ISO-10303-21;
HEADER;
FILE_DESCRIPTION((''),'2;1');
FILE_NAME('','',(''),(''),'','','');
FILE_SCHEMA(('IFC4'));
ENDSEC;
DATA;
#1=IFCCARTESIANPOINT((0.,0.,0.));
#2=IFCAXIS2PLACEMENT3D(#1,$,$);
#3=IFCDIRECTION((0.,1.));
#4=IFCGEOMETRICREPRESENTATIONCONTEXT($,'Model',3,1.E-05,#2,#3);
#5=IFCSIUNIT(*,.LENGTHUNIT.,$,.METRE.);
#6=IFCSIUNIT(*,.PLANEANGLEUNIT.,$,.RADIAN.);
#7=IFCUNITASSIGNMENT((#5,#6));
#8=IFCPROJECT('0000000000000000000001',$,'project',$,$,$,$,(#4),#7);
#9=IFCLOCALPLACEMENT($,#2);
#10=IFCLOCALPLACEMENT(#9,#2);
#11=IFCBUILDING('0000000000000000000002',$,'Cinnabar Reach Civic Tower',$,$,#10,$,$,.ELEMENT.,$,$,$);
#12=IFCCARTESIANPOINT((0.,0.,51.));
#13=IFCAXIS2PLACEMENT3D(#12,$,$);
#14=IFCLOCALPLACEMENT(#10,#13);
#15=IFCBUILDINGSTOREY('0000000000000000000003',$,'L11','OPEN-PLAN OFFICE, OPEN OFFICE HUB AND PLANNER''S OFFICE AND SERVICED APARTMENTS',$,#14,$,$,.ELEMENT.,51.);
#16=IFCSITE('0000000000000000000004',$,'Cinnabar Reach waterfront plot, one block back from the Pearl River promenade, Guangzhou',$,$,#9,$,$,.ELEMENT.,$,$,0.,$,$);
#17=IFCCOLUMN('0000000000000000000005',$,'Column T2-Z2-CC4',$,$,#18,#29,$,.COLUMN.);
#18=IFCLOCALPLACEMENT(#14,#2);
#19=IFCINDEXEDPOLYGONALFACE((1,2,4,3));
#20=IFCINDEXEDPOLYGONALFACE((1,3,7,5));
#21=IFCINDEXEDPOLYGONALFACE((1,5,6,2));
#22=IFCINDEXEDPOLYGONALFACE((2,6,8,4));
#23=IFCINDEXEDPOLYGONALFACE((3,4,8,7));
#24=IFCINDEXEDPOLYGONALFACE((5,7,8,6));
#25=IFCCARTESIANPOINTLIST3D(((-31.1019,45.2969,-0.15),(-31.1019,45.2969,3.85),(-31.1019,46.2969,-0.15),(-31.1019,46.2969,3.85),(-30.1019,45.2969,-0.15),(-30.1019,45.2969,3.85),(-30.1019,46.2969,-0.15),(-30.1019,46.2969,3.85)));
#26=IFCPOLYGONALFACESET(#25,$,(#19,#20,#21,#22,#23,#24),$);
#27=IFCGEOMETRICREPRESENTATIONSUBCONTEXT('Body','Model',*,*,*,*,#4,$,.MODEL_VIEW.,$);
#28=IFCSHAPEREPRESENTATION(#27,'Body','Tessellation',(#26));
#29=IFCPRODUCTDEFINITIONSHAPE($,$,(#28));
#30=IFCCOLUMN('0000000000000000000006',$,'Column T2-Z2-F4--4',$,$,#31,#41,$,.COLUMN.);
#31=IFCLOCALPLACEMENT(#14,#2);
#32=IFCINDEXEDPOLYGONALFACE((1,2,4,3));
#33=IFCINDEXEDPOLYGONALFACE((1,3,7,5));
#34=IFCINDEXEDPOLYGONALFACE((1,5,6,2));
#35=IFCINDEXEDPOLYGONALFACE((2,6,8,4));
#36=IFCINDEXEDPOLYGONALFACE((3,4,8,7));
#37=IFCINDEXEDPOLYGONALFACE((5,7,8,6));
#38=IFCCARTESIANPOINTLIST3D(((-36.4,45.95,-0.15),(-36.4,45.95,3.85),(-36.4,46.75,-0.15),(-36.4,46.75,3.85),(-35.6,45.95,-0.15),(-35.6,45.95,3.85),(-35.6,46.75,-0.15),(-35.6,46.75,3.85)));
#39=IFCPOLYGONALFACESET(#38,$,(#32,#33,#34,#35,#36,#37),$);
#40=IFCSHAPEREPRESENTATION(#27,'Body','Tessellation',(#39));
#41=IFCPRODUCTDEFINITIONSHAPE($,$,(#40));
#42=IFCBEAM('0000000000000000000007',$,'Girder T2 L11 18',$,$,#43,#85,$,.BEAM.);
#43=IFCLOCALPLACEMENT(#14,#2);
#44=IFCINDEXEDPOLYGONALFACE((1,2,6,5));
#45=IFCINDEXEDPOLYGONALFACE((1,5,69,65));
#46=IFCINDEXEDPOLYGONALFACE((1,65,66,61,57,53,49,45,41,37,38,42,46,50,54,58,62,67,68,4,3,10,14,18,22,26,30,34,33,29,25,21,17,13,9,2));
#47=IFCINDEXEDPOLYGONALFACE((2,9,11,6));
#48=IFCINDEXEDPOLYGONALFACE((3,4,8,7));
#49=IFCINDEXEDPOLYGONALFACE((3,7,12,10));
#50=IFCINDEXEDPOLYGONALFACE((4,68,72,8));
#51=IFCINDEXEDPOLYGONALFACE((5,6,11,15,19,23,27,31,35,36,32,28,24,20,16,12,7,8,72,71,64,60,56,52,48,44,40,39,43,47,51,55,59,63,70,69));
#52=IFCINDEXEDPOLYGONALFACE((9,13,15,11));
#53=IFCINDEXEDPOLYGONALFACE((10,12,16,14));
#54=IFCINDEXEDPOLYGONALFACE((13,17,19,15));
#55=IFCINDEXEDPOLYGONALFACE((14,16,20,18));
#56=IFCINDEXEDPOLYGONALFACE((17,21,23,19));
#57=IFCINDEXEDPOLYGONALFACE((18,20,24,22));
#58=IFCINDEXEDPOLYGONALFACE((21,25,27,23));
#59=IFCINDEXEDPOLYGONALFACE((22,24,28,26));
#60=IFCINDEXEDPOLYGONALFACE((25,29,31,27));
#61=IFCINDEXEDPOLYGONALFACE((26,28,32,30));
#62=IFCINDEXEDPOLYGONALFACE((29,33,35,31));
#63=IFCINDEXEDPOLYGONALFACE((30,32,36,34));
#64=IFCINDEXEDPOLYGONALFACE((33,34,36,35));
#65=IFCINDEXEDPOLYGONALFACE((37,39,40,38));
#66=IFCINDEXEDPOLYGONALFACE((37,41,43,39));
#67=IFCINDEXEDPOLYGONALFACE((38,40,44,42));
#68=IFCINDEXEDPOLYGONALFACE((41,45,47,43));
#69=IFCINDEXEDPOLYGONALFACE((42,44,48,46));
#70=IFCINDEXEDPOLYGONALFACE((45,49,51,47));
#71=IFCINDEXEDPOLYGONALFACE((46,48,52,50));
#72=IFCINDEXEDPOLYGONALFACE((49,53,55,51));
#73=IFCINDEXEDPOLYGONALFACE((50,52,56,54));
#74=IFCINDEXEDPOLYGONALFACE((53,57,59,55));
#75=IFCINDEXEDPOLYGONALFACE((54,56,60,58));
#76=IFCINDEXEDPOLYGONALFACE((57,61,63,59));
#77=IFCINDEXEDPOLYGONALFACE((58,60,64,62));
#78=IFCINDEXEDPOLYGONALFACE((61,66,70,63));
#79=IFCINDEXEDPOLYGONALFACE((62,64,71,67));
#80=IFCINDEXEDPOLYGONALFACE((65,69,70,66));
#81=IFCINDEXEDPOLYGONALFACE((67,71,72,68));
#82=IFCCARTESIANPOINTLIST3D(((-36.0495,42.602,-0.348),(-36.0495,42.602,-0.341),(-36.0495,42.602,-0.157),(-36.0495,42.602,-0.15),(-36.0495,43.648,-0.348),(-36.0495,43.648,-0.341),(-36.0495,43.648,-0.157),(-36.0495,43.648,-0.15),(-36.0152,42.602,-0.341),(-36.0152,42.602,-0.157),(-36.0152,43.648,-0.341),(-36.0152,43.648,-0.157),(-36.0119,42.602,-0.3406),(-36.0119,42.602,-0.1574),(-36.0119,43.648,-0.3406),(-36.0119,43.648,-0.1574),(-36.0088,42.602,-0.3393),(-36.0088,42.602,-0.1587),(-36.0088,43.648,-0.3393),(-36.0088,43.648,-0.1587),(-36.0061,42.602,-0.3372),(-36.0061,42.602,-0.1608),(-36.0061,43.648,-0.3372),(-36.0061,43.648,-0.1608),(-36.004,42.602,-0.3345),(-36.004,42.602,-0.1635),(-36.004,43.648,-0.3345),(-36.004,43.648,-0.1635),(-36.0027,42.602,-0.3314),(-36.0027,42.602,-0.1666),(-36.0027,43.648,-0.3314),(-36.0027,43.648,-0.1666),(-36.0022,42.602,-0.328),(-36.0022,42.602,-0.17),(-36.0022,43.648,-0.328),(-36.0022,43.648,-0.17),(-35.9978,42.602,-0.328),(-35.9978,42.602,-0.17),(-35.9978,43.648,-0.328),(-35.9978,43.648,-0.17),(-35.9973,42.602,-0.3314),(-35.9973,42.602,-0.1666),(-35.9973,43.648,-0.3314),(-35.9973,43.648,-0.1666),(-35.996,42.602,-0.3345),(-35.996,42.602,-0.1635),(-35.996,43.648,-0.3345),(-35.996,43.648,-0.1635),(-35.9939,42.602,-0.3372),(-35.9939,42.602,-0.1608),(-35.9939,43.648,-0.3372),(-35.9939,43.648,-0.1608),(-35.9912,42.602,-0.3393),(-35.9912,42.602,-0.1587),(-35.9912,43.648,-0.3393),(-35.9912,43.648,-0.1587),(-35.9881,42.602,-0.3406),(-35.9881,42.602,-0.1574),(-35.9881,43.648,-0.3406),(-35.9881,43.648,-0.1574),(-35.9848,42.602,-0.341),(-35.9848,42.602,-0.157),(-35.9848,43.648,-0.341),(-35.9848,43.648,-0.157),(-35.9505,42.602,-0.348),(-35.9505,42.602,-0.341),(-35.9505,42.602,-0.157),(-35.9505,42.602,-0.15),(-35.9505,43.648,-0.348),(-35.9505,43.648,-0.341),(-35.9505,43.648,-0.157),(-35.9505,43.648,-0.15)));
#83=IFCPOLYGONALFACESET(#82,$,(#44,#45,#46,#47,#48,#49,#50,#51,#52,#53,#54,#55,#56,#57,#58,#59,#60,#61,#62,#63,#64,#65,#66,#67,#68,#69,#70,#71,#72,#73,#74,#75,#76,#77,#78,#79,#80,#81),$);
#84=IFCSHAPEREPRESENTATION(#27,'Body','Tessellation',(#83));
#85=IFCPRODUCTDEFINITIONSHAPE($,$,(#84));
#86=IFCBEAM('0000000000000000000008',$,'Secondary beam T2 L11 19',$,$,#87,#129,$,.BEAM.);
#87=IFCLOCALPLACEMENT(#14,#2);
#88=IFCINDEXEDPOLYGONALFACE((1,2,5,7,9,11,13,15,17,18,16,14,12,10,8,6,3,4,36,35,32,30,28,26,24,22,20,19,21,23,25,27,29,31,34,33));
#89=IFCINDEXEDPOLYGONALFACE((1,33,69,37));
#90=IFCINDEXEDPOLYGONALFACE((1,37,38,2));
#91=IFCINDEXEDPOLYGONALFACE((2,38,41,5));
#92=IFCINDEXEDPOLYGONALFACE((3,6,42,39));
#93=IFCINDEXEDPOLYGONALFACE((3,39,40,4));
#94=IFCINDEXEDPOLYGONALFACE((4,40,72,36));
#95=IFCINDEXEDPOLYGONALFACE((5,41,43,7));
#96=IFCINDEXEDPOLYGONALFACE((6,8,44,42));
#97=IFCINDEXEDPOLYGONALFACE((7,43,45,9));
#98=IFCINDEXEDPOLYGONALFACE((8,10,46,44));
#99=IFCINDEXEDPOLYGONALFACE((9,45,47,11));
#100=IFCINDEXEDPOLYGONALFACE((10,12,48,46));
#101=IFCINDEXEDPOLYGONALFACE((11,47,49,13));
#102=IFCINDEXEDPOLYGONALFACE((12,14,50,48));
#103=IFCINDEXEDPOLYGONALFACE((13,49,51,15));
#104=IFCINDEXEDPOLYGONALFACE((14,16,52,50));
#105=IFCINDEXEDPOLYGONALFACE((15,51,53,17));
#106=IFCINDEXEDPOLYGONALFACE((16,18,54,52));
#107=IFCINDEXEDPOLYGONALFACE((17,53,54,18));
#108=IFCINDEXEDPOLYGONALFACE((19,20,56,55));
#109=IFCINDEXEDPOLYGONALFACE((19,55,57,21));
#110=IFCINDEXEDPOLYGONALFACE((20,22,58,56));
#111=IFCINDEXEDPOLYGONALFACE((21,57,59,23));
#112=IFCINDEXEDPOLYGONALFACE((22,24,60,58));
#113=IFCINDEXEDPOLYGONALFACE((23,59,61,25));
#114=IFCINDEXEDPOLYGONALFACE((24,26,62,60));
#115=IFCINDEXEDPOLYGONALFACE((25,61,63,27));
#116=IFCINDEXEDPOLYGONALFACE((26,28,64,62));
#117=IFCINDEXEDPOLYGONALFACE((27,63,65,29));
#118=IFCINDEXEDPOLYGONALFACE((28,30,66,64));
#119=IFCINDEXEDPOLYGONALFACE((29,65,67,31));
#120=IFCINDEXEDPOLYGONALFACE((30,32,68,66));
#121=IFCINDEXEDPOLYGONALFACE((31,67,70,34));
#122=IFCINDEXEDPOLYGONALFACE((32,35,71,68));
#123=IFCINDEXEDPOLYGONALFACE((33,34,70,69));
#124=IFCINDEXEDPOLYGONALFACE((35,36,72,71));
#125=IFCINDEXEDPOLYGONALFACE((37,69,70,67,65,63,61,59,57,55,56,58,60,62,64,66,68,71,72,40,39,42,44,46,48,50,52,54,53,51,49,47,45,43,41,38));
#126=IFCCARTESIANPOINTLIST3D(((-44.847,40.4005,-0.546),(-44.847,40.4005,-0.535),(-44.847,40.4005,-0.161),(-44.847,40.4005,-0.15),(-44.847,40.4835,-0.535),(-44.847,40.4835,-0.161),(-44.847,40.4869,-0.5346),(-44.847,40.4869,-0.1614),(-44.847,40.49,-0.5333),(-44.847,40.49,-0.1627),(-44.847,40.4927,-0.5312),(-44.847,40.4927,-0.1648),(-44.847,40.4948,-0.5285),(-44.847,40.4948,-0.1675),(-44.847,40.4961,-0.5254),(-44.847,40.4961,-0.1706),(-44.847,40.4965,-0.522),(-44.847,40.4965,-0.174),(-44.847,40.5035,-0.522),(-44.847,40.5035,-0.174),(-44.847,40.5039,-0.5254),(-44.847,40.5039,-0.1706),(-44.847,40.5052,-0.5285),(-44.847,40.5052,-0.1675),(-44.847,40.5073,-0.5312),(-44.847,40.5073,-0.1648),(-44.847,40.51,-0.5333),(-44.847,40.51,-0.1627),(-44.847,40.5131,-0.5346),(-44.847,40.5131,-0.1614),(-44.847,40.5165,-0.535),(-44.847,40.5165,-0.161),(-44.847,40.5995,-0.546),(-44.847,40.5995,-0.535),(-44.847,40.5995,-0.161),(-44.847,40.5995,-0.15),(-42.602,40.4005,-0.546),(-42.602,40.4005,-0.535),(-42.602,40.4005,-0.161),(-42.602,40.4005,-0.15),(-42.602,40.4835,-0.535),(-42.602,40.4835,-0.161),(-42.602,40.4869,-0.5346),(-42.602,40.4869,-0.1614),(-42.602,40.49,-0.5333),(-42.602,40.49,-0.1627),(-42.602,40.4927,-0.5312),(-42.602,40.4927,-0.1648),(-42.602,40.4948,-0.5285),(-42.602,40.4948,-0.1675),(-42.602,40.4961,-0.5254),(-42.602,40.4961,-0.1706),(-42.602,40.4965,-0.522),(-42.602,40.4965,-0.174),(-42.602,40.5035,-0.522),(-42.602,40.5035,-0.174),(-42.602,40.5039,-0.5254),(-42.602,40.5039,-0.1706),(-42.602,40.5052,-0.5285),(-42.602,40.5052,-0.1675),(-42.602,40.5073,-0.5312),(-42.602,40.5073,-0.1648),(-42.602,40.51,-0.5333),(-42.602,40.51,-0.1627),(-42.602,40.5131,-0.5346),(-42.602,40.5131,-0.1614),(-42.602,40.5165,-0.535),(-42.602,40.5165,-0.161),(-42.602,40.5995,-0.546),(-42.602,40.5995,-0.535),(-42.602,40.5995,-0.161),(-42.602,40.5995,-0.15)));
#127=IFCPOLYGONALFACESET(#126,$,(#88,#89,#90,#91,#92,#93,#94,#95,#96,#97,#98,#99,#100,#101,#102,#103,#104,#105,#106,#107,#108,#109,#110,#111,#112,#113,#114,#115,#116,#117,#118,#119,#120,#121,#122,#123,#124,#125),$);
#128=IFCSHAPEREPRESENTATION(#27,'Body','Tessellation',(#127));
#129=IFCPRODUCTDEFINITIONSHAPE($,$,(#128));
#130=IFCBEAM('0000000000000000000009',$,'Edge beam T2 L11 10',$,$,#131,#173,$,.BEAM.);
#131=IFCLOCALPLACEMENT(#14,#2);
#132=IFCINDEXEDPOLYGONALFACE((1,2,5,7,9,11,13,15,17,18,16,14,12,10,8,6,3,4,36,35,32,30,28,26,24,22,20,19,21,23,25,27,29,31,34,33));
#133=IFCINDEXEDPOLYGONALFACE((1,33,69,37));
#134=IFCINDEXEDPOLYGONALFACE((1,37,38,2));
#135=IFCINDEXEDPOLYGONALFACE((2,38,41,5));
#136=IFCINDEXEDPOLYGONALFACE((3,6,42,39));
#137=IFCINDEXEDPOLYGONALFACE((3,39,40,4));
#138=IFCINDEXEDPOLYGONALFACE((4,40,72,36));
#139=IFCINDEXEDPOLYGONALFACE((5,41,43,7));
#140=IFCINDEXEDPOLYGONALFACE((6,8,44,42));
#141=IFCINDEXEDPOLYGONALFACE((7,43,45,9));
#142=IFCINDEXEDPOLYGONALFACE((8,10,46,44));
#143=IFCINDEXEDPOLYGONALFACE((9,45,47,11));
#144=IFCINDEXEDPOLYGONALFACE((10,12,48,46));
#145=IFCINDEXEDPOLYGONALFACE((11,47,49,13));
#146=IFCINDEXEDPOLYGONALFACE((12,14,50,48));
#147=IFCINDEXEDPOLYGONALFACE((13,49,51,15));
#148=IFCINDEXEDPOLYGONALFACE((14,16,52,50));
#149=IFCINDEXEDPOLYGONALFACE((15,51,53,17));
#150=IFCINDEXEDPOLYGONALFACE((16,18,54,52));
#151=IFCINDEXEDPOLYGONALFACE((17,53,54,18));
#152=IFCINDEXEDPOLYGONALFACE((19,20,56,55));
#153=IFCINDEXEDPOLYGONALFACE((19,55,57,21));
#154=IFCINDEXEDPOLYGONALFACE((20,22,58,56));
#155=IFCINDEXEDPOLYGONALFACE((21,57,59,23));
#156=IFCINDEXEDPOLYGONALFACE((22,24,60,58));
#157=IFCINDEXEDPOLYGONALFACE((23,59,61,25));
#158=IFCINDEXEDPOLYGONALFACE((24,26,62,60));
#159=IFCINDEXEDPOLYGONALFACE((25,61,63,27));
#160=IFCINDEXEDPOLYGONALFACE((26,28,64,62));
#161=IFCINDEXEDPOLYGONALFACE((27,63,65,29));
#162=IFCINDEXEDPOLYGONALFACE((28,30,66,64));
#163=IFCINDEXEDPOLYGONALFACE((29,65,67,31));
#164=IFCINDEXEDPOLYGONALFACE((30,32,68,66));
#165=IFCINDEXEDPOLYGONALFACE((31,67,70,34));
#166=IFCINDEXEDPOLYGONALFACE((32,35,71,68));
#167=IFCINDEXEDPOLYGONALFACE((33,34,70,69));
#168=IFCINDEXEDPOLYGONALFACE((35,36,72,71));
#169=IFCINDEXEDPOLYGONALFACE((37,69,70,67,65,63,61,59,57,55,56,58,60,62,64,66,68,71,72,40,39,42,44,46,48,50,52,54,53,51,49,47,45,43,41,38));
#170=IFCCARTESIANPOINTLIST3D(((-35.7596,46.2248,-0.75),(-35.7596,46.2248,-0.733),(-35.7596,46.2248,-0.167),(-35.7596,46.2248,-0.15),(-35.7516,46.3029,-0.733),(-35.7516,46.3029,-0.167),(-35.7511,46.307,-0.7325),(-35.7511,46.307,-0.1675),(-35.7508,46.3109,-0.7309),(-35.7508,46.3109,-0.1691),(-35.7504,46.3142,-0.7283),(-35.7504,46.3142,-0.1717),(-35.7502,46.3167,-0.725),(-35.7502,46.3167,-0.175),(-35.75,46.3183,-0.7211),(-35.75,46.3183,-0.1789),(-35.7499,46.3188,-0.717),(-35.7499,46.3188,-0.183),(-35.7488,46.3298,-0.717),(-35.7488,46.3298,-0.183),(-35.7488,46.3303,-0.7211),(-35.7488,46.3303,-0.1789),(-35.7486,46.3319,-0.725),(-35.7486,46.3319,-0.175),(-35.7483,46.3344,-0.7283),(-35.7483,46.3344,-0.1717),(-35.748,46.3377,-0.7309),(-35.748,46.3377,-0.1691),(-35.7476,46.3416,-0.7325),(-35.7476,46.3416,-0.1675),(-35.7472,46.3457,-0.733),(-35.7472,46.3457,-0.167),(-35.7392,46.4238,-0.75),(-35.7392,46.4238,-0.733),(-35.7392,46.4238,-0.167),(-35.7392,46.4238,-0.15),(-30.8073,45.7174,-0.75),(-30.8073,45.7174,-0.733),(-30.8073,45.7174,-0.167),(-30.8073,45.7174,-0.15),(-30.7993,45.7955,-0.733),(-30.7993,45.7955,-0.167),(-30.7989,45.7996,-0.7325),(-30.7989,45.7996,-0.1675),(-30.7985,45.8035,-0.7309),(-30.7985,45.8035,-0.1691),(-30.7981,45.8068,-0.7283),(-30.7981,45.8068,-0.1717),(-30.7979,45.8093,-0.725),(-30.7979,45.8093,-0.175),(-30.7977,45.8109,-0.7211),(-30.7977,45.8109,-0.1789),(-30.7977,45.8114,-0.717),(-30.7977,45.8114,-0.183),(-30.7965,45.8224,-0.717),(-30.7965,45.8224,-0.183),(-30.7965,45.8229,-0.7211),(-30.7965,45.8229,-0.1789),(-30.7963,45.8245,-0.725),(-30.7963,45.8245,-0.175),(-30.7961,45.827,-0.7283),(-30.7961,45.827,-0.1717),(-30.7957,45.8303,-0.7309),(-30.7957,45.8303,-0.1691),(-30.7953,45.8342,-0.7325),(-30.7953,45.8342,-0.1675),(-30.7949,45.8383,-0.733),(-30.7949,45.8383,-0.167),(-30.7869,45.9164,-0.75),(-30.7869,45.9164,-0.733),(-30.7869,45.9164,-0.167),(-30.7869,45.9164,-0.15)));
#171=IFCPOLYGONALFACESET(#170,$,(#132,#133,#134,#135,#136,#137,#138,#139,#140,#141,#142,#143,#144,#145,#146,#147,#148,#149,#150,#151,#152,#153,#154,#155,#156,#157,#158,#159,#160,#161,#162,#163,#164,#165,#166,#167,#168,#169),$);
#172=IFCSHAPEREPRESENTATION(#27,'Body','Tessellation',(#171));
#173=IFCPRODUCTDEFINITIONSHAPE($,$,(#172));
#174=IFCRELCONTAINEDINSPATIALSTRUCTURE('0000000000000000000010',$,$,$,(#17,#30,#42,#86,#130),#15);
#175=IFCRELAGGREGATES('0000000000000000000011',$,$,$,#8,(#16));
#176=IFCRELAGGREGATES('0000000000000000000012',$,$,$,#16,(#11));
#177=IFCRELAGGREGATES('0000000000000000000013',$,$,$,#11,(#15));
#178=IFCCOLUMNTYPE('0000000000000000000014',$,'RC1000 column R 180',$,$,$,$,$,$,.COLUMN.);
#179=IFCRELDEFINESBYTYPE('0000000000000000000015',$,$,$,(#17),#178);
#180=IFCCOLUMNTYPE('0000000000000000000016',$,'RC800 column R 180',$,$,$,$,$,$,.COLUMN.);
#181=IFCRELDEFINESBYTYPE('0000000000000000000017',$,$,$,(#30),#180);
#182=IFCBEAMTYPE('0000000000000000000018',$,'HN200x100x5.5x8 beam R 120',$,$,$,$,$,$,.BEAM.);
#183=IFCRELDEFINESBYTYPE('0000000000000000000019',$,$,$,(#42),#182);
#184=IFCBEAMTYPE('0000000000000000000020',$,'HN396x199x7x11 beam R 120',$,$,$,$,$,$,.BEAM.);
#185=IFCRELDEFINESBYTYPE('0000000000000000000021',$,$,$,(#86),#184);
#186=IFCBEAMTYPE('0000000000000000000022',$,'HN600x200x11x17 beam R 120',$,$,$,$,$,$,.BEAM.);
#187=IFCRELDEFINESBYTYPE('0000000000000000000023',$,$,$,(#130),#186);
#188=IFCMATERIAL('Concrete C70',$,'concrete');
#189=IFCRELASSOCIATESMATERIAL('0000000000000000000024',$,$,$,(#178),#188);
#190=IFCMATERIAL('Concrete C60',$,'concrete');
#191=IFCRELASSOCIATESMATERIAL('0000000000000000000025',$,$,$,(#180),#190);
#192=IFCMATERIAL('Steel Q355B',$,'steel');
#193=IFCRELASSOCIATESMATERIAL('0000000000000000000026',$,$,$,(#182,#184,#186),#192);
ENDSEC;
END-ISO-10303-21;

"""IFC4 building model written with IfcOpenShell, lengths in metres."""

from ifc_helpers import new_model, si_unit, direction, frame, origin, origin_2d, place, context, subcontext, project, spatial, rectangle, i_section, extrude, material, material_profile, profile_set, type_object, element, save


model = new_model("IFC4")

# Units and contexts
model_context = context("Model", 3, precision=1e-05, world=origin(), true_north=direction((0.0, 1.0)))
body_context = subcontext(model_context, "Body", "Model", "MODEL_VIEW")
ifc_project = project(units=[si_unit("LENGTHUNIT", "METRE"), si_unit("PLANEANGLEUNIT", "RADIAN")], contexts=[model_context])

# Site, building, storey
site_placement = place(None, origin())
site = spatial("IfcSite", under=ifc_project, at=site_placement, Name="Cinnabar Reach waterfront plot, one block back from the Pearl River promenade, Guangzhou", CompositionType="ELEMENT", RefElevation=0.0)
building_placement = place(site_placement, origin())
building = spatial("IfcBuilding", under=site, at=building_placement, Name="Cinnabar Reach Civic Tower", CompositionType="ELEMENT")
storey_placement = place(building_placement, frame((0.0, 0.0, 51.0)))
storey = spatial("IfcBuildingStorey", under=building, at=storey_placement, Name="L11", Description="OPEN-PLAN OFFICE, OPEN OFFICE HUB AND PLANNER'S OFFICE AND SERVICED APARTMENTS", CompositionType="ELEMENT", Elevation=51.0)

# Columns
ifc_material_1 = material(Name="Concrete C70", Category="concrete")
ifc_material_profile_1 = material_profile(ifc_material_1, rectangle(XDim=1.0, YDim=1.0, at=origin_2d()), Name="RC1000")
ifc_profile_set_1 = profile_set([ifc_material_profile_1], Name="Concrete C70")
column_type_1 = type_object("IfcColumnType", Name="RC1000 column R 180", PredefinedType="COLUMN", material=ifc_profile_set_1)
column_1_placement = place(storey_placement, frame((-30.6019, 45.7969, -0.15), z_axis=(0.0, 0.0, 1.0), x_axis=(1.0, 0.0, 0.0)))
element("IfcColumn", 1, at=column_1_placement, inside=storey, type_object=column_type_1, Name="Column T2-Z2-CC4", PredefinedType="COLUMN", context=body_context, shape_type="SweptSolid", body=[
    extrude(rectangle(XDim=1.0, YDim=1.0, at=origin_2d()), origin(), (0.0, 0.0, 1.0), 4.0),
])
ifc_material_2 = material(Name="Concrete C60", Category="concrete")
ifc_material_profile_2 = material_profile(ifc_material_2, rectangle(XDim=0.8, YDim=0.8, at=origin_2d()), Name="RC800")
ifc_profile_set_2 = profile_set([ifc_material_profile_2], Name="Concrete C60")
column_type_2 = type_object("IfcColumnType", Name="RC800 column R 180", PredefinedType="COLUMN", material=ifc_profile_set_2)
column_2_placement = place(storey_placement, frame((-36.0, 46.35, -0.15), z_axis=(0.0, 0.0, 1.0), x_axis=(1.0, 0.0, 0.0)))
element("IfcColumn", 2, at=column_2_placement, inside=storey, type_object=column_type_2, Name="Column T2-Z2-F4--4", PredefinedType="COLUMN", context=body_context, shape_type="SweptSolid", body=[
    extrude(rectangle(XDim=0.8, YDim=0.8, at=origin_2d()), origin(), (0.0, 0.0, 1.0), 4.0),
])

# Beams
ifc_material_3 = material(Name="Steel Q355B", Category="steel")
ifc_material_profile_3 = material_profile(ifc_material_3, i_section(OverallWidth=0.099, OverallDepth=0.198, WebThickness=0.0045, FlangeThickness=0.007, FilletRadius=0.013, at=origin_2d()), Name="HN200x100x5.5x8")
ifc_profile_set_3 = profile_set([ifc_material_profile_3], Name="Steel Q355B")
beam_type_1 = type_object("IfcBeamType", Name="HN200x100x5.5x8 beam R 120", PredefinedType="BEAM", material=ifc_profile_set_3)
beam_1_placement = place(storey_placement, frame((-36.0, 42.602, -0.249), z_axis=(0.0, 1.0, 0.0), x_axis=(-1.0, 0.0, 0.0)))
element("IfcBeam", 3, at=beam_1_placement, inside=storey, type_object=beam_type_1, Name="Girder T2 L11 18", PredefinedType="BEAM", context=body_context, shape_type="SweptSolid", body=[
    extrude(i_section(OverallWidth=0.099, OverallDepth=0.198, WebThickness=0.0045, FlangeThickness=0.007, FilletRadius=0.013, at=origin_2d()), origin(), (0.0, 0.0, 1.0), 1.046),
])
ifc_material_profile_4 = material_profile(ifc_material_3, i_section(OverallWidth=0.199, OverallDepth=0.396, WebThickness=0.007, FlangeThickness=0.011, FilletRadius=0.013, at=origin_2d()), Name="HN396x199x7x11")
ifc_profile_set_4 = profile_set([ifc_material_profile_4], Name="Steel Q355B")
beam_type_2 = type_object("IfcBeamType", Name="HN396x199x7x11 beam R 120", PredefinedType="BEAM", material=ifc_profile_set_4)
beam_2_placement = place(storey_placement, frame((-44.847, 40.5, -0.348), z_axis=(1.0, 0.0, 0.0), x_axis=(0.0, 1.0, 0.0)))
element("IfcBeam", 4, at=beam_2_placement, inside=storey, type_object=beam_type_2, Name="Secondary beam T2 L11 19", PredefinedType="BEAM", context=body_context, shape_type="SweptSolid", body=[
    extrude(i_section(OverallWidth=0.199, OverallDepth=0.396, WebThickness=0.007, FlangeThickness=0.011, FilletRadius=0.013, at=origin_2d()), origin(), (0.0, 0.0, 1.0), 2.245),
])
ifc_material_profile_5 = material_profile(ifc_material_3, i_section(OverallWidth=0.2, OverallDepth=0.6, WebThickness=0.011, FlangeThickness=0.017, FilletRadius=0.016, at=origin_2d()), Name="HN600x200x11x17")
ifc_profile_set_5 = profile_set([ifc_material_profile_5], Name="Steel Q355B")
beam_type_3 = type_object("IfcBeamType", Name="HN600x200x11x17 beam R 120", PredefinedType="BEAM", material=ifc_profile_set_5)
beam_3_placement = place(storey_placement, frame((-30.7971, 45.8169, -0.45), z_axis=(-0.994792, 0.101924, 0.0), x_axis=(-0.101924, -0.994792, 0.0)))
element("IfcBeam", 5, at=beam_3_placement, inside=storey, type_object=beam_type_3, Name="Edge beam T2 L11 10", PredefinedType="BEAM", context=body_context, shape_type="SweptSolid", body=[
    extrude(i_section(OverallWidth=0.2, OverallDepth=0.6, WebThickness=0.011, FlangeThickness=0.017, FilletRadius=0.016, at=origin_2d()), origin(), (0.0, 0.0, 1.0), 4.9782),
])

save(model, "model.ifc")
